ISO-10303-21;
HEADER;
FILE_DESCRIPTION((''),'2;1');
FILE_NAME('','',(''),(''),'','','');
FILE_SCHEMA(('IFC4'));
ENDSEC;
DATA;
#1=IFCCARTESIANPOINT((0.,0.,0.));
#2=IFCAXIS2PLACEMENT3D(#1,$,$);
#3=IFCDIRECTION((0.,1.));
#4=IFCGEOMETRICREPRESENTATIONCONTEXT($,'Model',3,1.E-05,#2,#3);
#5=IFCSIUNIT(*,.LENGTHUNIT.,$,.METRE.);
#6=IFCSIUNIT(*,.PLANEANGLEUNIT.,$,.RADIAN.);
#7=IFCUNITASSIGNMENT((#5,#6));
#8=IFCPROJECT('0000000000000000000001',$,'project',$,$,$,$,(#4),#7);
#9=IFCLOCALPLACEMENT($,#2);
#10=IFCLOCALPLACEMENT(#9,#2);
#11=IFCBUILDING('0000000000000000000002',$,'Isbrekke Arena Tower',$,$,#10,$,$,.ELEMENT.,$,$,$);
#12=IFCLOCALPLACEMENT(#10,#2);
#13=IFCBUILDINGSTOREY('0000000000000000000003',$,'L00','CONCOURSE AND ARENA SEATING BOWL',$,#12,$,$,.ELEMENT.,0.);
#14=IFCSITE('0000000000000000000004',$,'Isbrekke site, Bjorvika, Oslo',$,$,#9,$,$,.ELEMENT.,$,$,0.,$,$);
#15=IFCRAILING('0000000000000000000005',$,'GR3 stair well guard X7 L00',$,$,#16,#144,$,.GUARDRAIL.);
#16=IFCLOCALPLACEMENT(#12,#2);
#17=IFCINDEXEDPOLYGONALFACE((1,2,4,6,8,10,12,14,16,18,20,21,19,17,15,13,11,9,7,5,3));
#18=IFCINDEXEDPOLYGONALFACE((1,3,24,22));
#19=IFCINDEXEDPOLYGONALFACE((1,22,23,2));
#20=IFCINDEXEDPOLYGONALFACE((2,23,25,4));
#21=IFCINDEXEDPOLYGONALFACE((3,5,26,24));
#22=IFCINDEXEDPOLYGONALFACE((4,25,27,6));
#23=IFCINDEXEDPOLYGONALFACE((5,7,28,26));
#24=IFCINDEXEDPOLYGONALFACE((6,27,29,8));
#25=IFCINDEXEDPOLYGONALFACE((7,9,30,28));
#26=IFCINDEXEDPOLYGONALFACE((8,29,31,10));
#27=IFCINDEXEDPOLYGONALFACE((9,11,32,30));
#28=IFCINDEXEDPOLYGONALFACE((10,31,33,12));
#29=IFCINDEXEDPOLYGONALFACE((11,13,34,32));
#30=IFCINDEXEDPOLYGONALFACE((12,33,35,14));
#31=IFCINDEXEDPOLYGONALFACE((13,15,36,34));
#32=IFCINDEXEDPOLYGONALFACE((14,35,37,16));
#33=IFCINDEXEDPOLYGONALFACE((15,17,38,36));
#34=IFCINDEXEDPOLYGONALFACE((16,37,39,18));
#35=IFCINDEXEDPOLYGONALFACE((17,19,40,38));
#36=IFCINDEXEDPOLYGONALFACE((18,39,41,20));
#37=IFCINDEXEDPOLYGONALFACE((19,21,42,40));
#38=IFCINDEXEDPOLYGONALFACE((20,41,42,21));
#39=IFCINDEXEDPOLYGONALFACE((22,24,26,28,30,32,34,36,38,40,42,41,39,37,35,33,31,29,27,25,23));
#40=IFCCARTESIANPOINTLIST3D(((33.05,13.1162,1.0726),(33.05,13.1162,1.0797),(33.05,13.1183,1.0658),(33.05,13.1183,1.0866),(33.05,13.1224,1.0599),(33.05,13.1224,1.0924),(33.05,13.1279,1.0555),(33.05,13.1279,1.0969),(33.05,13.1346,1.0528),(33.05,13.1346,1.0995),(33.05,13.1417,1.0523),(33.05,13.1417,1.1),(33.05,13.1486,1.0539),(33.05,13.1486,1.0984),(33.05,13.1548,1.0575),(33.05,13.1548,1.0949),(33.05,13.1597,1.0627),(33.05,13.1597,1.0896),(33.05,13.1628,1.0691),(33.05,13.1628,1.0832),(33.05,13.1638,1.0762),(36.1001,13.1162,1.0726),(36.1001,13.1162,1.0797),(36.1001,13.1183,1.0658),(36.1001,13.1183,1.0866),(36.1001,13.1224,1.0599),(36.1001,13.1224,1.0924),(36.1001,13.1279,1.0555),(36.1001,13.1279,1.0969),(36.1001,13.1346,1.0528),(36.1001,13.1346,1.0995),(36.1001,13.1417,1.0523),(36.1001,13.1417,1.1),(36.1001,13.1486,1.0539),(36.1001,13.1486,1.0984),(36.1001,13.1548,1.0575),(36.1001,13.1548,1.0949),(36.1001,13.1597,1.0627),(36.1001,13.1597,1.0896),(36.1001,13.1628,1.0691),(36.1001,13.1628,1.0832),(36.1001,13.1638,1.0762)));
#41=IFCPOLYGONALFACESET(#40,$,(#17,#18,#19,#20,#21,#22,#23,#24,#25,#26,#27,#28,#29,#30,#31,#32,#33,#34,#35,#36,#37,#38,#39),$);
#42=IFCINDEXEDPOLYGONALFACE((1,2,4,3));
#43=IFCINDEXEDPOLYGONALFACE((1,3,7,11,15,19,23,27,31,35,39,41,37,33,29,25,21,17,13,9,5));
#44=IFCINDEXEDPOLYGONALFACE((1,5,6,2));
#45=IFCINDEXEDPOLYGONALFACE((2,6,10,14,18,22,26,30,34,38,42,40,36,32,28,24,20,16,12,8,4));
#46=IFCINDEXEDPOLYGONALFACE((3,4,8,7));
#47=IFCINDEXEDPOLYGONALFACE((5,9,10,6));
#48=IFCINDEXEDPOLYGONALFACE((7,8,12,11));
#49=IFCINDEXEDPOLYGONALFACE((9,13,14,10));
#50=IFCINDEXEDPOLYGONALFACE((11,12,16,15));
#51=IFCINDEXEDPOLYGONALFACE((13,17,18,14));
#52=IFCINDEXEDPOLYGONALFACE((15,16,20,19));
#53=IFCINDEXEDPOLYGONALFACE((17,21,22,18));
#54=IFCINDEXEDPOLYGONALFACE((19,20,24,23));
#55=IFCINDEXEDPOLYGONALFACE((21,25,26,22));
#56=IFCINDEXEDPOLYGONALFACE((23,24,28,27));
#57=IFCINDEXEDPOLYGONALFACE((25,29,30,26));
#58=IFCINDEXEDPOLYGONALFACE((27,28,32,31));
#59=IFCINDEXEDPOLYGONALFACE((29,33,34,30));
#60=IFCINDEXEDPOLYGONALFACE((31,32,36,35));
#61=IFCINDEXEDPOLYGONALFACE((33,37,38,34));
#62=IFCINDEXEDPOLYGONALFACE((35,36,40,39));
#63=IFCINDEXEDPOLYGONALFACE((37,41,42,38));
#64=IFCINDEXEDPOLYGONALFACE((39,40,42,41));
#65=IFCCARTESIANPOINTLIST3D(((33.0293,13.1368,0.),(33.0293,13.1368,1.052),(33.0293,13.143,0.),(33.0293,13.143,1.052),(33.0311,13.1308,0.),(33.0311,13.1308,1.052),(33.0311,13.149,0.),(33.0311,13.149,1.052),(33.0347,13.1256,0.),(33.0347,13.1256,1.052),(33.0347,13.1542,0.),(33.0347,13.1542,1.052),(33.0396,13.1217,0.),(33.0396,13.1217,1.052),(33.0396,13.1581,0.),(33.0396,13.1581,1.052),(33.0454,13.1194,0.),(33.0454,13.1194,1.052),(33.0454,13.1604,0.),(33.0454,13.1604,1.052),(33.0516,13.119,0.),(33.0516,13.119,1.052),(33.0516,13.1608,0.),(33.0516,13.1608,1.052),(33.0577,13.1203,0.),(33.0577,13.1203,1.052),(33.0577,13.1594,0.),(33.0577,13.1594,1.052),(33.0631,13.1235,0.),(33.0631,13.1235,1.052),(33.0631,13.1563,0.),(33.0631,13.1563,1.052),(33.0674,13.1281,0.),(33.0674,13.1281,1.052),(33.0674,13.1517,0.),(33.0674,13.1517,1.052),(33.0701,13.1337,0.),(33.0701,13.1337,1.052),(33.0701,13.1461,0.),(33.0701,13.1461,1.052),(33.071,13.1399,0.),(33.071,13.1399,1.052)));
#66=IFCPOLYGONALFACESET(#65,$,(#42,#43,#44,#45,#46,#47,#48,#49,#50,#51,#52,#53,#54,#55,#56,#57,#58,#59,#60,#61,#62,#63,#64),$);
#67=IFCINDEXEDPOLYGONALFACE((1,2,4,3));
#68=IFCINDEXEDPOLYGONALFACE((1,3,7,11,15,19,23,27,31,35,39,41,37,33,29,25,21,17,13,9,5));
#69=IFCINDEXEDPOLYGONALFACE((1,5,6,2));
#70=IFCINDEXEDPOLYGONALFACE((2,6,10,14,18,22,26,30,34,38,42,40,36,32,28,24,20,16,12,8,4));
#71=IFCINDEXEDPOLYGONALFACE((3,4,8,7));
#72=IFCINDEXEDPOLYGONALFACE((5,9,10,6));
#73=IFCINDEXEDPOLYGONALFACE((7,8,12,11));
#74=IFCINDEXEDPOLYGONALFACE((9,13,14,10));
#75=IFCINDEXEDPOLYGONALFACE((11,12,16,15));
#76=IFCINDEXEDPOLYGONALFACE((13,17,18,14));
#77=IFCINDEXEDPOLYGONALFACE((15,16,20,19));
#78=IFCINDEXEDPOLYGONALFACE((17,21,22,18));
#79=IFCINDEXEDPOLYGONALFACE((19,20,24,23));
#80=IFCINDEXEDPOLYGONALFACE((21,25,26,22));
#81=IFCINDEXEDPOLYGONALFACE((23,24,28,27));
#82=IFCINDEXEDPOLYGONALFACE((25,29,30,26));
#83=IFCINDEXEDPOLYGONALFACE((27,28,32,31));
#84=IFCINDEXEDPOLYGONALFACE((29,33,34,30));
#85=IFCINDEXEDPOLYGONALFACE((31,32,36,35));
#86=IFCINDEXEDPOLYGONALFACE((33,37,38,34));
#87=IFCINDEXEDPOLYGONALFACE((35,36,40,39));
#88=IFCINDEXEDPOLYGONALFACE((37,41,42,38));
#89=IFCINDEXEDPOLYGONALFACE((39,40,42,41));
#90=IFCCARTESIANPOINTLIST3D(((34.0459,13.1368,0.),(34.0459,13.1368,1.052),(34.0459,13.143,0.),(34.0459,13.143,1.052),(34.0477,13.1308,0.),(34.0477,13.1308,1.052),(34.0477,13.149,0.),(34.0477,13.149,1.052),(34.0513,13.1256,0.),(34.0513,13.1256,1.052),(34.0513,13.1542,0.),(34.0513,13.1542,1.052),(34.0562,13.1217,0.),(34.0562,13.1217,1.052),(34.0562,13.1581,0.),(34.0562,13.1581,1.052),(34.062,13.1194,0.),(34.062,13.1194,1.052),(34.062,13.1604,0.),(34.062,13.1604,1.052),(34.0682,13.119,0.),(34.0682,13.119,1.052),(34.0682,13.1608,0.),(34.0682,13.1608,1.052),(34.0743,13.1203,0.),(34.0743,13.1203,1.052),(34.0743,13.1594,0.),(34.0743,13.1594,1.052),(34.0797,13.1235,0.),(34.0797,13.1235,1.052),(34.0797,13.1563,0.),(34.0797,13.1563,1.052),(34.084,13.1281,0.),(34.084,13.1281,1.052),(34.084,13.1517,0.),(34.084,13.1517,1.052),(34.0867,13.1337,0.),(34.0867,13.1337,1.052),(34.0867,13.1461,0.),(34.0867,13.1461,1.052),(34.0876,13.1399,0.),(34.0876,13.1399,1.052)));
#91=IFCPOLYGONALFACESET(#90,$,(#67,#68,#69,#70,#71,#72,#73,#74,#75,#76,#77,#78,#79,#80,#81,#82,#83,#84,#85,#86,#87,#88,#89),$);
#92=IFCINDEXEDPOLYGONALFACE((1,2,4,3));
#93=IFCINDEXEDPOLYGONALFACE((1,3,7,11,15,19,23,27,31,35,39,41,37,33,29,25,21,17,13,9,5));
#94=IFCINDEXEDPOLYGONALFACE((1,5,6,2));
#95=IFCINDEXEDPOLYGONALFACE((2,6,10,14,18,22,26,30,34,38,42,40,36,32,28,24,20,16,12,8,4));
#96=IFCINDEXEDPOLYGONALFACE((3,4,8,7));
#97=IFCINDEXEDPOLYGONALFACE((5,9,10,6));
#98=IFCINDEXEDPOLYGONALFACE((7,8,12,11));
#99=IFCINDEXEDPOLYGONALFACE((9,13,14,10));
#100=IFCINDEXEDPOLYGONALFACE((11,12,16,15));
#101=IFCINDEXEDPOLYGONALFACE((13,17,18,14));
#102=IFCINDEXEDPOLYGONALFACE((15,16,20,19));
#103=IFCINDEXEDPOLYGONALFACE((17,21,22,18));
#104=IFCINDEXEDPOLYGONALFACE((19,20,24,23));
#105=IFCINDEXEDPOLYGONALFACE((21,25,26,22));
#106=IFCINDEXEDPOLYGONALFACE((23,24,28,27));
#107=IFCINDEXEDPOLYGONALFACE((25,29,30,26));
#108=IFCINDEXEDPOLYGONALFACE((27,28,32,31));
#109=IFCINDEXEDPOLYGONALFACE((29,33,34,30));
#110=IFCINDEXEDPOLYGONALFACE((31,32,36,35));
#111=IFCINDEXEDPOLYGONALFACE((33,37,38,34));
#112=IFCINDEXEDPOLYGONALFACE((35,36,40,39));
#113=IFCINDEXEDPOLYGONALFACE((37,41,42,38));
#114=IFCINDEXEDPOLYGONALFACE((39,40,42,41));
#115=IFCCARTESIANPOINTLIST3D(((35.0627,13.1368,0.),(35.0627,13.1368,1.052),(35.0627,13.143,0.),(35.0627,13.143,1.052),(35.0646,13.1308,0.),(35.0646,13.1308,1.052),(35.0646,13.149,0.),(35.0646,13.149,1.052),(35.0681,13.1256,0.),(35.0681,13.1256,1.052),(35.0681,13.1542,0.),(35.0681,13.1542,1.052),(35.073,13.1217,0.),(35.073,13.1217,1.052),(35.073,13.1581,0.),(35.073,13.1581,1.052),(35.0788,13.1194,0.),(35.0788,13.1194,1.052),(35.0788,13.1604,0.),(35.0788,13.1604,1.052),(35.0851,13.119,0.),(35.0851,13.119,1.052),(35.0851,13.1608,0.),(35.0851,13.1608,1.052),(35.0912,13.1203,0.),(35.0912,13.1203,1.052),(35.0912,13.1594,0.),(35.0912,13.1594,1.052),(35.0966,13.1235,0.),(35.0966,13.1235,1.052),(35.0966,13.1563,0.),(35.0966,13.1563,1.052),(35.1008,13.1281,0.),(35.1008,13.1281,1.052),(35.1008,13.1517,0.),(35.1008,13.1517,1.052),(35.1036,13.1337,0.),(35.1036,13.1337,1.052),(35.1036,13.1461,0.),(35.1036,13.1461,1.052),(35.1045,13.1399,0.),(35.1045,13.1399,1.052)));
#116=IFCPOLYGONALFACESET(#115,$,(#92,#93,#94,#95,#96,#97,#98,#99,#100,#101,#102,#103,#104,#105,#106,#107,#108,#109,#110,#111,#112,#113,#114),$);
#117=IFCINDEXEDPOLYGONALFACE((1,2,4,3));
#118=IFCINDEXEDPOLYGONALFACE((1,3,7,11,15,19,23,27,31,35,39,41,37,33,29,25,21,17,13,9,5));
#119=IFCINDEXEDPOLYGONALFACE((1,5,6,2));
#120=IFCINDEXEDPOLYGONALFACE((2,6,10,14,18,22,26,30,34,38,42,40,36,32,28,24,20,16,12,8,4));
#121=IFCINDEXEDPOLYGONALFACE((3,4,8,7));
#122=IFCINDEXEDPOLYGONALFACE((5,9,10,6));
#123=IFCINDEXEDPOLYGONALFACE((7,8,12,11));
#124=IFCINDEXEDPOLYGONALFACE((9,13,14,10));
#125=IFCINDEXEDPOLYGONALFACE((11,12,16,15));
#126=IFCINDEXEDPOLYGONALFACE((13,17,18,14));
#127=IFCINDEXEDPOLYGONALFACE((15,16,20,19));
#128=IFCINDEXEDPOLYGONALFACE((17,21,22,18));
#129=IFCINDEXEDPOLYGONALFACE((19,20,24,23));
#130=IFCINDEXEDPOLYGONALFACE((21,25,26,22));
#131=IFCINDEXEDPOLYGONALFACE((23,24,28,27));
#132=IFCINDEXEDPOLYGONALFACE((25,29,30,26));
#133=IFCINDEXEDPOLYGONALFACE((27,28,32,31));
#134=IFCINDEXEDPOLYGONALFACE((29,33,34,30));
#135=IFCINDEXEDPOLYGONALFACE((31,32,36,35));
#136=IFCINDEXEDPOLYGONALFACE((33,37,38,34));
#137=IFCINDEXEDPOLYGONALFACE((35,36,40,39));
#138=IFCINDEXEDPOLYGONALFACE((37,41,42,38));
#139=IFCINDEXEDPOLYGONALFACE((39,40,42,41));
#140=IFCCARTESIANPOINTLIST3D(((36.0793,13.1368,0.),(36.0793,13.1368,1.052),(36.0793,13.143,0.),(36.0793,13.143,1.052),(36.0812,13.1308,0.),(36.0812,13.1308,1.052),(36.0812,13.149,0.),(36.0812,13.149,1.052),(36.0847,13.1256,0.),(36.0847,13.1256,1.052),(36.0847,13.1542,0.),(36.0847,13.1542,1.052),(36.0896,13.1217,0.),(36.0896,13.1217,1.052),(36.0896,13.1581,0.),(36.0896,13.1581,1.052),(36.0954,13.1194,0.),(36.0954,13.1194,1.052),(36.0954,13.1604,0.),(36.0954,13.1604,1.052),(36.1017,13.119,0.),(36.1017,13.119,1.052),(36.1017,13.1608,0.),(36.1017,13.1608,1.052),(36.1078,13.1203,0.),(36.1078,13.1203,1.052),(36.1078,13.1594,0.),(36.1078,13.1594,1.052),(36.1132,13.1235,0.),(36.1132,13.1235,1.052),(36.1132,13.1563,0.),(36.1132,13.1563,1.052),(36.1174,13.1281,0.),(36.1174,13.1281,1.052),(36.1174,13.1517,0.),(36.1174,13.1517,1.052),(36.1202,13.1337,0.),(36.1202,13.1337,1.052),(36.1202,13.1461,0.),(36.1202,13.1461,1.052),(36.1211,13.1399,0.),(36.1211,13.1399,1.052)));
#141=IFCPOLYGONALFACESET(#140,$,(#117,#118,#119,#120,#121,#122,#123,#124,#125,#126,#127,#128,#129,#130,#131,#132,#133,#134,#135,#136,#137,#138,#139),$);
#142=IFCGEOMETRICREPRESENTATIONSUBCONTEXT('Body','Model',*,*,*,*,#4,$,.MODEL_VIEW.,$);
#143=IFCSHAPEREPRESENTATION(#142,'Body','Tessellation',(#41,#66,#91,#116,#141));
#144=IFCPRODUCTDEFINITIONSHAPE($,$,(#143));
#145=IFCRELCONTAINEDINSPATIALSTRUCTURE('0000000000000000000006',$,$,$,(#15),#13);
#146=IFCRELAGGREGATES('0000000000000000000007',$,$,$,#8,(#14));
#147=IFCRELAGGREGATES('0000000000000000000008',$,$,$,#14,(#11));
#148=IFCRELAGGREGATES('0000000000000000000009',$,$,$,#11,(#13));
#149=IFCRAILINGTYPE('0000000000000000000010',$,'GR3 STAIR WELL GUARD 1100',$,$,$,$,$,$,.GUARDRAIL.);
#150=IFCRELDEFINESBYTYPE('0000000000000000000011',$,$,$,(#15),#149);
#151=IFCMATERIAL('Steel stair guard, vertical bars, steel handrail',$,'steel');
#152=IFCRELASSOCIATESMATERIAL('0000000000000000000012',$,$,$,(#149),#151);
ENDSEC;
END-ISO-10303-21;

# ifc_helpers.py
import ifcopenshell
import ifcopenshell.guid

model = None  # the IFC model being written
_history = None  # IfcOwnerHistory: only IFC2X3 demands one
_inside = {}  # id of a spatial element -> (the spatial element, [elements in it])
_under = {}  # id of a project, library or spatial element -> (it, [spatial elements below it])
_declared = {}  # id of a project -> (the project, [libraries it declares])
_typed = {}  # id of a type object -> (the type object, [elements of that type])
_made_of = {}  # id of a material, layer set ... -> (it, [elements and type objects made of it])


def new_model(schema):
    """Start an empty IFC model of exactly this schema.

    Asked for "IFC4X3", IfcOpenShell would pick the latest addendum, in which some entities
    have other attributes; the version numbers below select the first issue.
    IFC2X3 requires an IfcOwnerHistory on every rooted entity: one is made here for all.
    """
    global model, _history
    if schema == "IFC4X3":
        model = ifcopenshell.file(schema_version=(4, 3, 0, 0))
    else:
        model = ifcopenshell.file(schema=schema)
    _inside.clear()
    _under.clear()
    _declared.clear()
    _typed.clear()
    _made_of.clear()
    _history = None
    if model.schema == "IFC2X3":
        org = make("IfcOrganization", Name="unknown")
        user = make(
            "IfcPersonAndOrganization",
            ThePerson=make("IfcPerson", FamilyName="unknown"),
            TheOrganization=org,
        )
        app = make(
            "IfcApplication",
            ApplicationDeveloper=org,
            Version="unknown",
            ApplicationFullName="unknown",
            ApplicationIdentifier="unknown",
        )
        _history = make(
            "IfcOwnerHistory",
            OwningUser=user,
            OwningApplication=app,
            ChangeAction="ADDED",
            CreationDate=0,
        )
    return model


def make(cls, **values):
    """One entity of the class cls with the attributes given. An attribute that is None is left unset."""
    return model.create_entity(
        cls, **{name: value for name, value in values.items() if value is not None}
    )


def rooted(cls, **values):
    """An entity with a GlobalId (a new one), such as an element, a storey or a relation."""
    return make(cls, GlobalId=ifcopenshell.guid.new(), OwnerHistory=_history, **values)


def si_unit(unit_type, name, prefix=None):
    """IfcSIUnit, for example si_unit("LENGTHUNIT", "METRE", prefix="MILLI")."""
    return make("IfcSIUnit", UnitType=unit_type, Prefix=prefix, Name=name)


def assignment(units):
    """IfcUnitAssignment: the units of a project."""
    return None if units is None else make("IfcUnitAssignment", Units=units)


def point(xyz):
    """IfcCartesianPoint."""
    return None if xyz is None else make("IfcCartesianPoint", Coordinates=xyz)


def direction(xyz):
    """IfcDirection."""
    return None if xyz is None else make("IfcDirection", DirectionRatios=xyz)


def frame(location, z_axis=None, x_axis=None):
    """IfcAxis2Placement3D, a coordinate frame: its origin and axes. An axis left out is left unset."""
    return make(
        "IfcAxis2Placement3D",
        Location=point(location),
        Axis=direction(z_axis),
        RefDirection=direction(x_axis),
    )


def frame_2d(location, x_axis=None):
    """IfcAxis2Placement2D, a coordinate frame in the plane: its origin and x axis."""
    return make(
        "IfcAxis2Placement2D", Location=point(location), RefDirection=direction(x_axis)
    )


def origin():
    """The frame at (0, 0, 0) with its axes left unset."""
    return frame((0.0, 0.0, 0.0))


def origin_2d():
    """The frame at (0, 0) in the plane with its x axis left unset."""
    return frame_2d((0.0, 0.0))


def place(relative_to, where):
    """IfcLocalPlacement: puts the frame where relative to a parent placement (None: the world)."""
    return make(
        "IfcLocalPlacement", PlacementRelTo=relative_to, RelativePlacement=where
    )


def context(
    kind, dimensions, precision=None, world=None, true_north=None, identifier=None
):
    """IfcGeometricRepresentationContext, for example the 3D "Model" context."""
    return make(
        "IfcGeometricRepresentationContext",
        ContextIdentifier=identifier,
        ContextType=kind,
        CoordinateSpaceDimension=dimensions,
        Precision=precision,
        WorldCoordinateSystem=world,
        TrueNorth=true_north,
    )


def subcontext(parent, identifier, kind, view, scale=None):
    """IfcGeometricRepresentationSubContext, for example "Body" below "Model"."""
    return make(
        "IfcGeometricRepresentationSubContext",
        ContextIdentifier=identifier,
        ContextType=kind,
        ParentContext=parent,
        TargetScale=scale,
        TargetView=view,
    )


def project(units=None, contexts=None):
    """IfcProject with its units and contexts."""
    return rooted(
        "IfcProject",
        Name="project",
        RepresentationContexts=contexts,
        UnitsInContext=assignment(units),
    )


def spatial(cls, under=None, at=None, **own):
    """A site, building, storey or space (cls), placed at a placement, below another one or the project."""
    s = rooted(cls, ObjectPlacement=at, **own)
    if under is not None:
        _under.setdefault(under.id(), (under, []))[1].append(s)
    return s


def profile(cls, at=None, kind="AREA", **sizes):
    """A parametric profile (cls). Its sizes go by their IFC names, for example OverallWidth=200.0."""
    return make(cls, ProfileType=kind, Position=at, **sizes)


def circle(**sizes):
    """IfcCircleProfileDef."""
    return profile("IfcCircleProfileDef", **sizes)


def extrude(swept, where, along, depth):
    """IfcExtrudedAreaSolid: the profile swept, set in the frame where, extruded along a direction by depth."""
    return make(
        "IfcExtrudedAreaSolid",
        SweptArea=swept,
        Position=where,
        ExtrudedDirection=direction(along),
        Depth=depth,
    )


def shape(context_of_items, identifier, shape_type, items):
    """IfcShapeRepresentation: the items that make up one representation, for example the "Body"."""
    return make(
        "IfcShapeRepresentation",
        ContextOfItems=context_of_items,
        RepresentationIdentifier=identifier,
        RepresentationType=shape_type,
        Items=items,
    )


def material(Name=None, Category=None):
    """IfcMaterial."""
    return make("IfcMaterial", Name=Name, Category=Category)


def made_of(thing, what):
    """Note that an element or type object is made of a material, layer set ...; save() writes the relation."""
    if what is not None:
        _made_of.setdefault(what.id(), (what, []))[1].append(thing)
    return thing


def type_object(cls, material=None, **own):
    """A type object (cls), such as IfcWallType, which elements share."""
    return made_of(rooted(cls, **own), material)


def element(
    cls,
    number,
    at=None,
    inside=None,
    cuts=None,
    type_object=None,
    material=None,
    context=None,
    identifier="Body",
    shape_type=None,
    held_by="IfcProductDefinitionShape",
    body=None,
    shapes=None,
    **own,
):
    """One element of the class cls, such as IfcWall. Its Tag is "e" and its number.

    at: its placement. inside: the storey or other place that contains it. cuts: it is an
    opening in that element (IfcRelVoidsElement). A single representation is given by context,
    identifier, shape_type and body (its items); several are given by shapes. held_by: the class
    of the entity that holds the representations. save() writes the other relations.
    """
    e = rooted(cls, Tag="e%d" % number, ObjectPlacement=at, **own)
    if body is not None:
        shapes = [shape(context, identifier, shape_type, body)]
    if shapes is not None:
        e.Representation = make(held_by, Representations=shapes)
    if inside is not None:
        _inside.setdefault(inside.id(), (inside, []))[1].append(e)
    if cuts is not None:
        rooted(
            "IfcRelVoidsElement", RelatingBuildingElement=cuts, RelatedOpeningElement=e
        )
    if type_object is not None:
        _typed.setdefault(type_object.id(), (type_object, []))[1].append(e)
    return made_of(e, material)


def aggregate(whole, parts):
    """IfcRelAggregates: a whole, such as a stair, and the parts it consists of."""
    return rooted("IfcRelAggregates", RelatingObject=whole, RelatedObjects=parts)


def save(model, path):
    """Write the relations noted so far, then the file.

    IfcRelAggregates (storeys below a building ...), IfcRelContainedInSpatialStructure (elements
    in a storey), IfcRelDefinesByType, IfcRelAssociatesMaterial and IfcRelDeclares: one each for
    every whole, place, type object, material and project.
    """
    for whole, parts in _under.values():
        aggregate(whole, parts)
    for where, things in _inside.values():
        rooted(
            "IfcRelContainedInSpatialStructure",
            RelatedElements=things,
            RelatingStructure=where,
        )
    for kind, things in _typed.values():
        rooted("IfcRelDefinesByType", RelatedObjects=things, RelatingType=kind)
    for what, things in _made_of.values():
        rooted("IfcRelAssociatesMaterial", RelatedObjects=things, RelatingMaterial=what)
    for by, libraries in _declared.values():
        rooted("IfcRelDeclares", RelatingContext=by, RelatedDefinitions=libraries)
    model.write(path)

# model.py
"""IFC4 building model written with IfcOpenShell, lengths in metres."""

from ifc_helpers import new_model, si_unit, direction, frame, origin, origin_2d, place, context, subcontext, project, spatial, circle, extrude, material, type_object, element, save


model = new_model("IFC4")

# Units and contexts
model_context = context("Model", 3, precision=1e-05, world=origin(), true_north=direction((0.0, 1.0)))
body_context = subcontext(model_context, "Body", "Model", "MODEL_VIEW")
ifc_project = project(units=[si_unit("LENGTHUNIT", "METRE"), si_unit("PLANEANGLEUNIT", "RADIAN")], contexts=[model_context])

# Site, building, storey
site_placement = place(None, origin())
site = spatial("IfcSite", under=ifc_project, at=site_placement, Name="Isbrekke site, Bjorvika, Oslo", CompositionType="ELEMENT", RefElevation=0.0)
building_placement = place(site_placement, origin())
building = spatial("IfcBuilding", under=site, at=building_placement, Name="Isbrekke Arena Tower", CompositionType="ELEMENT")
storey_placement = place(building_placement, origin())
storey = spatial("IfcBuildingStorey", under=building, at=storey_placement, Name="L00", Description="CONCOURSE AND ARENA SEATING BOWL", CompositionType="ELEMENT", Elevation=0.0)

# Railing
ifc_material_1 = material(Name="Steel stair guard, vertical bars, steel handrail", Category="steel")
railing_type = type_object("IfcRailingType", Name="GR3 STAIR WELL GUARD 1100", PredefinedType="GUARDRAIL", material=ifc_material_1)
for number, where, name in (
    (1, (33.05, 13.1399, 0.0), "GR3 stair well guard X7 L00"),
):
    element("IfcRailing", number, at=place(storey_placement, frame(where)), inside=storey, type_object=railing_type, Name=name, PredefinedType="GUARDRAIL", context=body_context, shape_type="SweptSolid", body=[
        extrude(circle(Radius=0.0239, at=origin_2d()), frame((0.0, 0.0, 1.0762), z_axis=(1.0, 0.0, 0.0), x_axis=(0.0, 1.0, 0.0)), (0.0, 0.0, 1.0), 3.05),
        extrude(circle(Radius=0.021, at=origin_2d()), origin(), (0.0, 0.0, 1.0), 1.052),
        extrude(circle(Radius=0.021, at=origin_2d()), frame((1.0166, 0.0, 0.0)), (0.0, 0.0, 1.0), 1.052),
        extrude(circle(Radius=0.021, at=origin_2d()), frame((2.0334, 0.0, 0.0)), (0.0, 0.0, 1.0), 1.052),
        extrude(circle(Radius=0.021, at=origin_2d()), frame((3.05, 0.0, 0.0)), (0.0, 0.0, 1.0), 1.052),
    ])

save(model, "model.ifc")
